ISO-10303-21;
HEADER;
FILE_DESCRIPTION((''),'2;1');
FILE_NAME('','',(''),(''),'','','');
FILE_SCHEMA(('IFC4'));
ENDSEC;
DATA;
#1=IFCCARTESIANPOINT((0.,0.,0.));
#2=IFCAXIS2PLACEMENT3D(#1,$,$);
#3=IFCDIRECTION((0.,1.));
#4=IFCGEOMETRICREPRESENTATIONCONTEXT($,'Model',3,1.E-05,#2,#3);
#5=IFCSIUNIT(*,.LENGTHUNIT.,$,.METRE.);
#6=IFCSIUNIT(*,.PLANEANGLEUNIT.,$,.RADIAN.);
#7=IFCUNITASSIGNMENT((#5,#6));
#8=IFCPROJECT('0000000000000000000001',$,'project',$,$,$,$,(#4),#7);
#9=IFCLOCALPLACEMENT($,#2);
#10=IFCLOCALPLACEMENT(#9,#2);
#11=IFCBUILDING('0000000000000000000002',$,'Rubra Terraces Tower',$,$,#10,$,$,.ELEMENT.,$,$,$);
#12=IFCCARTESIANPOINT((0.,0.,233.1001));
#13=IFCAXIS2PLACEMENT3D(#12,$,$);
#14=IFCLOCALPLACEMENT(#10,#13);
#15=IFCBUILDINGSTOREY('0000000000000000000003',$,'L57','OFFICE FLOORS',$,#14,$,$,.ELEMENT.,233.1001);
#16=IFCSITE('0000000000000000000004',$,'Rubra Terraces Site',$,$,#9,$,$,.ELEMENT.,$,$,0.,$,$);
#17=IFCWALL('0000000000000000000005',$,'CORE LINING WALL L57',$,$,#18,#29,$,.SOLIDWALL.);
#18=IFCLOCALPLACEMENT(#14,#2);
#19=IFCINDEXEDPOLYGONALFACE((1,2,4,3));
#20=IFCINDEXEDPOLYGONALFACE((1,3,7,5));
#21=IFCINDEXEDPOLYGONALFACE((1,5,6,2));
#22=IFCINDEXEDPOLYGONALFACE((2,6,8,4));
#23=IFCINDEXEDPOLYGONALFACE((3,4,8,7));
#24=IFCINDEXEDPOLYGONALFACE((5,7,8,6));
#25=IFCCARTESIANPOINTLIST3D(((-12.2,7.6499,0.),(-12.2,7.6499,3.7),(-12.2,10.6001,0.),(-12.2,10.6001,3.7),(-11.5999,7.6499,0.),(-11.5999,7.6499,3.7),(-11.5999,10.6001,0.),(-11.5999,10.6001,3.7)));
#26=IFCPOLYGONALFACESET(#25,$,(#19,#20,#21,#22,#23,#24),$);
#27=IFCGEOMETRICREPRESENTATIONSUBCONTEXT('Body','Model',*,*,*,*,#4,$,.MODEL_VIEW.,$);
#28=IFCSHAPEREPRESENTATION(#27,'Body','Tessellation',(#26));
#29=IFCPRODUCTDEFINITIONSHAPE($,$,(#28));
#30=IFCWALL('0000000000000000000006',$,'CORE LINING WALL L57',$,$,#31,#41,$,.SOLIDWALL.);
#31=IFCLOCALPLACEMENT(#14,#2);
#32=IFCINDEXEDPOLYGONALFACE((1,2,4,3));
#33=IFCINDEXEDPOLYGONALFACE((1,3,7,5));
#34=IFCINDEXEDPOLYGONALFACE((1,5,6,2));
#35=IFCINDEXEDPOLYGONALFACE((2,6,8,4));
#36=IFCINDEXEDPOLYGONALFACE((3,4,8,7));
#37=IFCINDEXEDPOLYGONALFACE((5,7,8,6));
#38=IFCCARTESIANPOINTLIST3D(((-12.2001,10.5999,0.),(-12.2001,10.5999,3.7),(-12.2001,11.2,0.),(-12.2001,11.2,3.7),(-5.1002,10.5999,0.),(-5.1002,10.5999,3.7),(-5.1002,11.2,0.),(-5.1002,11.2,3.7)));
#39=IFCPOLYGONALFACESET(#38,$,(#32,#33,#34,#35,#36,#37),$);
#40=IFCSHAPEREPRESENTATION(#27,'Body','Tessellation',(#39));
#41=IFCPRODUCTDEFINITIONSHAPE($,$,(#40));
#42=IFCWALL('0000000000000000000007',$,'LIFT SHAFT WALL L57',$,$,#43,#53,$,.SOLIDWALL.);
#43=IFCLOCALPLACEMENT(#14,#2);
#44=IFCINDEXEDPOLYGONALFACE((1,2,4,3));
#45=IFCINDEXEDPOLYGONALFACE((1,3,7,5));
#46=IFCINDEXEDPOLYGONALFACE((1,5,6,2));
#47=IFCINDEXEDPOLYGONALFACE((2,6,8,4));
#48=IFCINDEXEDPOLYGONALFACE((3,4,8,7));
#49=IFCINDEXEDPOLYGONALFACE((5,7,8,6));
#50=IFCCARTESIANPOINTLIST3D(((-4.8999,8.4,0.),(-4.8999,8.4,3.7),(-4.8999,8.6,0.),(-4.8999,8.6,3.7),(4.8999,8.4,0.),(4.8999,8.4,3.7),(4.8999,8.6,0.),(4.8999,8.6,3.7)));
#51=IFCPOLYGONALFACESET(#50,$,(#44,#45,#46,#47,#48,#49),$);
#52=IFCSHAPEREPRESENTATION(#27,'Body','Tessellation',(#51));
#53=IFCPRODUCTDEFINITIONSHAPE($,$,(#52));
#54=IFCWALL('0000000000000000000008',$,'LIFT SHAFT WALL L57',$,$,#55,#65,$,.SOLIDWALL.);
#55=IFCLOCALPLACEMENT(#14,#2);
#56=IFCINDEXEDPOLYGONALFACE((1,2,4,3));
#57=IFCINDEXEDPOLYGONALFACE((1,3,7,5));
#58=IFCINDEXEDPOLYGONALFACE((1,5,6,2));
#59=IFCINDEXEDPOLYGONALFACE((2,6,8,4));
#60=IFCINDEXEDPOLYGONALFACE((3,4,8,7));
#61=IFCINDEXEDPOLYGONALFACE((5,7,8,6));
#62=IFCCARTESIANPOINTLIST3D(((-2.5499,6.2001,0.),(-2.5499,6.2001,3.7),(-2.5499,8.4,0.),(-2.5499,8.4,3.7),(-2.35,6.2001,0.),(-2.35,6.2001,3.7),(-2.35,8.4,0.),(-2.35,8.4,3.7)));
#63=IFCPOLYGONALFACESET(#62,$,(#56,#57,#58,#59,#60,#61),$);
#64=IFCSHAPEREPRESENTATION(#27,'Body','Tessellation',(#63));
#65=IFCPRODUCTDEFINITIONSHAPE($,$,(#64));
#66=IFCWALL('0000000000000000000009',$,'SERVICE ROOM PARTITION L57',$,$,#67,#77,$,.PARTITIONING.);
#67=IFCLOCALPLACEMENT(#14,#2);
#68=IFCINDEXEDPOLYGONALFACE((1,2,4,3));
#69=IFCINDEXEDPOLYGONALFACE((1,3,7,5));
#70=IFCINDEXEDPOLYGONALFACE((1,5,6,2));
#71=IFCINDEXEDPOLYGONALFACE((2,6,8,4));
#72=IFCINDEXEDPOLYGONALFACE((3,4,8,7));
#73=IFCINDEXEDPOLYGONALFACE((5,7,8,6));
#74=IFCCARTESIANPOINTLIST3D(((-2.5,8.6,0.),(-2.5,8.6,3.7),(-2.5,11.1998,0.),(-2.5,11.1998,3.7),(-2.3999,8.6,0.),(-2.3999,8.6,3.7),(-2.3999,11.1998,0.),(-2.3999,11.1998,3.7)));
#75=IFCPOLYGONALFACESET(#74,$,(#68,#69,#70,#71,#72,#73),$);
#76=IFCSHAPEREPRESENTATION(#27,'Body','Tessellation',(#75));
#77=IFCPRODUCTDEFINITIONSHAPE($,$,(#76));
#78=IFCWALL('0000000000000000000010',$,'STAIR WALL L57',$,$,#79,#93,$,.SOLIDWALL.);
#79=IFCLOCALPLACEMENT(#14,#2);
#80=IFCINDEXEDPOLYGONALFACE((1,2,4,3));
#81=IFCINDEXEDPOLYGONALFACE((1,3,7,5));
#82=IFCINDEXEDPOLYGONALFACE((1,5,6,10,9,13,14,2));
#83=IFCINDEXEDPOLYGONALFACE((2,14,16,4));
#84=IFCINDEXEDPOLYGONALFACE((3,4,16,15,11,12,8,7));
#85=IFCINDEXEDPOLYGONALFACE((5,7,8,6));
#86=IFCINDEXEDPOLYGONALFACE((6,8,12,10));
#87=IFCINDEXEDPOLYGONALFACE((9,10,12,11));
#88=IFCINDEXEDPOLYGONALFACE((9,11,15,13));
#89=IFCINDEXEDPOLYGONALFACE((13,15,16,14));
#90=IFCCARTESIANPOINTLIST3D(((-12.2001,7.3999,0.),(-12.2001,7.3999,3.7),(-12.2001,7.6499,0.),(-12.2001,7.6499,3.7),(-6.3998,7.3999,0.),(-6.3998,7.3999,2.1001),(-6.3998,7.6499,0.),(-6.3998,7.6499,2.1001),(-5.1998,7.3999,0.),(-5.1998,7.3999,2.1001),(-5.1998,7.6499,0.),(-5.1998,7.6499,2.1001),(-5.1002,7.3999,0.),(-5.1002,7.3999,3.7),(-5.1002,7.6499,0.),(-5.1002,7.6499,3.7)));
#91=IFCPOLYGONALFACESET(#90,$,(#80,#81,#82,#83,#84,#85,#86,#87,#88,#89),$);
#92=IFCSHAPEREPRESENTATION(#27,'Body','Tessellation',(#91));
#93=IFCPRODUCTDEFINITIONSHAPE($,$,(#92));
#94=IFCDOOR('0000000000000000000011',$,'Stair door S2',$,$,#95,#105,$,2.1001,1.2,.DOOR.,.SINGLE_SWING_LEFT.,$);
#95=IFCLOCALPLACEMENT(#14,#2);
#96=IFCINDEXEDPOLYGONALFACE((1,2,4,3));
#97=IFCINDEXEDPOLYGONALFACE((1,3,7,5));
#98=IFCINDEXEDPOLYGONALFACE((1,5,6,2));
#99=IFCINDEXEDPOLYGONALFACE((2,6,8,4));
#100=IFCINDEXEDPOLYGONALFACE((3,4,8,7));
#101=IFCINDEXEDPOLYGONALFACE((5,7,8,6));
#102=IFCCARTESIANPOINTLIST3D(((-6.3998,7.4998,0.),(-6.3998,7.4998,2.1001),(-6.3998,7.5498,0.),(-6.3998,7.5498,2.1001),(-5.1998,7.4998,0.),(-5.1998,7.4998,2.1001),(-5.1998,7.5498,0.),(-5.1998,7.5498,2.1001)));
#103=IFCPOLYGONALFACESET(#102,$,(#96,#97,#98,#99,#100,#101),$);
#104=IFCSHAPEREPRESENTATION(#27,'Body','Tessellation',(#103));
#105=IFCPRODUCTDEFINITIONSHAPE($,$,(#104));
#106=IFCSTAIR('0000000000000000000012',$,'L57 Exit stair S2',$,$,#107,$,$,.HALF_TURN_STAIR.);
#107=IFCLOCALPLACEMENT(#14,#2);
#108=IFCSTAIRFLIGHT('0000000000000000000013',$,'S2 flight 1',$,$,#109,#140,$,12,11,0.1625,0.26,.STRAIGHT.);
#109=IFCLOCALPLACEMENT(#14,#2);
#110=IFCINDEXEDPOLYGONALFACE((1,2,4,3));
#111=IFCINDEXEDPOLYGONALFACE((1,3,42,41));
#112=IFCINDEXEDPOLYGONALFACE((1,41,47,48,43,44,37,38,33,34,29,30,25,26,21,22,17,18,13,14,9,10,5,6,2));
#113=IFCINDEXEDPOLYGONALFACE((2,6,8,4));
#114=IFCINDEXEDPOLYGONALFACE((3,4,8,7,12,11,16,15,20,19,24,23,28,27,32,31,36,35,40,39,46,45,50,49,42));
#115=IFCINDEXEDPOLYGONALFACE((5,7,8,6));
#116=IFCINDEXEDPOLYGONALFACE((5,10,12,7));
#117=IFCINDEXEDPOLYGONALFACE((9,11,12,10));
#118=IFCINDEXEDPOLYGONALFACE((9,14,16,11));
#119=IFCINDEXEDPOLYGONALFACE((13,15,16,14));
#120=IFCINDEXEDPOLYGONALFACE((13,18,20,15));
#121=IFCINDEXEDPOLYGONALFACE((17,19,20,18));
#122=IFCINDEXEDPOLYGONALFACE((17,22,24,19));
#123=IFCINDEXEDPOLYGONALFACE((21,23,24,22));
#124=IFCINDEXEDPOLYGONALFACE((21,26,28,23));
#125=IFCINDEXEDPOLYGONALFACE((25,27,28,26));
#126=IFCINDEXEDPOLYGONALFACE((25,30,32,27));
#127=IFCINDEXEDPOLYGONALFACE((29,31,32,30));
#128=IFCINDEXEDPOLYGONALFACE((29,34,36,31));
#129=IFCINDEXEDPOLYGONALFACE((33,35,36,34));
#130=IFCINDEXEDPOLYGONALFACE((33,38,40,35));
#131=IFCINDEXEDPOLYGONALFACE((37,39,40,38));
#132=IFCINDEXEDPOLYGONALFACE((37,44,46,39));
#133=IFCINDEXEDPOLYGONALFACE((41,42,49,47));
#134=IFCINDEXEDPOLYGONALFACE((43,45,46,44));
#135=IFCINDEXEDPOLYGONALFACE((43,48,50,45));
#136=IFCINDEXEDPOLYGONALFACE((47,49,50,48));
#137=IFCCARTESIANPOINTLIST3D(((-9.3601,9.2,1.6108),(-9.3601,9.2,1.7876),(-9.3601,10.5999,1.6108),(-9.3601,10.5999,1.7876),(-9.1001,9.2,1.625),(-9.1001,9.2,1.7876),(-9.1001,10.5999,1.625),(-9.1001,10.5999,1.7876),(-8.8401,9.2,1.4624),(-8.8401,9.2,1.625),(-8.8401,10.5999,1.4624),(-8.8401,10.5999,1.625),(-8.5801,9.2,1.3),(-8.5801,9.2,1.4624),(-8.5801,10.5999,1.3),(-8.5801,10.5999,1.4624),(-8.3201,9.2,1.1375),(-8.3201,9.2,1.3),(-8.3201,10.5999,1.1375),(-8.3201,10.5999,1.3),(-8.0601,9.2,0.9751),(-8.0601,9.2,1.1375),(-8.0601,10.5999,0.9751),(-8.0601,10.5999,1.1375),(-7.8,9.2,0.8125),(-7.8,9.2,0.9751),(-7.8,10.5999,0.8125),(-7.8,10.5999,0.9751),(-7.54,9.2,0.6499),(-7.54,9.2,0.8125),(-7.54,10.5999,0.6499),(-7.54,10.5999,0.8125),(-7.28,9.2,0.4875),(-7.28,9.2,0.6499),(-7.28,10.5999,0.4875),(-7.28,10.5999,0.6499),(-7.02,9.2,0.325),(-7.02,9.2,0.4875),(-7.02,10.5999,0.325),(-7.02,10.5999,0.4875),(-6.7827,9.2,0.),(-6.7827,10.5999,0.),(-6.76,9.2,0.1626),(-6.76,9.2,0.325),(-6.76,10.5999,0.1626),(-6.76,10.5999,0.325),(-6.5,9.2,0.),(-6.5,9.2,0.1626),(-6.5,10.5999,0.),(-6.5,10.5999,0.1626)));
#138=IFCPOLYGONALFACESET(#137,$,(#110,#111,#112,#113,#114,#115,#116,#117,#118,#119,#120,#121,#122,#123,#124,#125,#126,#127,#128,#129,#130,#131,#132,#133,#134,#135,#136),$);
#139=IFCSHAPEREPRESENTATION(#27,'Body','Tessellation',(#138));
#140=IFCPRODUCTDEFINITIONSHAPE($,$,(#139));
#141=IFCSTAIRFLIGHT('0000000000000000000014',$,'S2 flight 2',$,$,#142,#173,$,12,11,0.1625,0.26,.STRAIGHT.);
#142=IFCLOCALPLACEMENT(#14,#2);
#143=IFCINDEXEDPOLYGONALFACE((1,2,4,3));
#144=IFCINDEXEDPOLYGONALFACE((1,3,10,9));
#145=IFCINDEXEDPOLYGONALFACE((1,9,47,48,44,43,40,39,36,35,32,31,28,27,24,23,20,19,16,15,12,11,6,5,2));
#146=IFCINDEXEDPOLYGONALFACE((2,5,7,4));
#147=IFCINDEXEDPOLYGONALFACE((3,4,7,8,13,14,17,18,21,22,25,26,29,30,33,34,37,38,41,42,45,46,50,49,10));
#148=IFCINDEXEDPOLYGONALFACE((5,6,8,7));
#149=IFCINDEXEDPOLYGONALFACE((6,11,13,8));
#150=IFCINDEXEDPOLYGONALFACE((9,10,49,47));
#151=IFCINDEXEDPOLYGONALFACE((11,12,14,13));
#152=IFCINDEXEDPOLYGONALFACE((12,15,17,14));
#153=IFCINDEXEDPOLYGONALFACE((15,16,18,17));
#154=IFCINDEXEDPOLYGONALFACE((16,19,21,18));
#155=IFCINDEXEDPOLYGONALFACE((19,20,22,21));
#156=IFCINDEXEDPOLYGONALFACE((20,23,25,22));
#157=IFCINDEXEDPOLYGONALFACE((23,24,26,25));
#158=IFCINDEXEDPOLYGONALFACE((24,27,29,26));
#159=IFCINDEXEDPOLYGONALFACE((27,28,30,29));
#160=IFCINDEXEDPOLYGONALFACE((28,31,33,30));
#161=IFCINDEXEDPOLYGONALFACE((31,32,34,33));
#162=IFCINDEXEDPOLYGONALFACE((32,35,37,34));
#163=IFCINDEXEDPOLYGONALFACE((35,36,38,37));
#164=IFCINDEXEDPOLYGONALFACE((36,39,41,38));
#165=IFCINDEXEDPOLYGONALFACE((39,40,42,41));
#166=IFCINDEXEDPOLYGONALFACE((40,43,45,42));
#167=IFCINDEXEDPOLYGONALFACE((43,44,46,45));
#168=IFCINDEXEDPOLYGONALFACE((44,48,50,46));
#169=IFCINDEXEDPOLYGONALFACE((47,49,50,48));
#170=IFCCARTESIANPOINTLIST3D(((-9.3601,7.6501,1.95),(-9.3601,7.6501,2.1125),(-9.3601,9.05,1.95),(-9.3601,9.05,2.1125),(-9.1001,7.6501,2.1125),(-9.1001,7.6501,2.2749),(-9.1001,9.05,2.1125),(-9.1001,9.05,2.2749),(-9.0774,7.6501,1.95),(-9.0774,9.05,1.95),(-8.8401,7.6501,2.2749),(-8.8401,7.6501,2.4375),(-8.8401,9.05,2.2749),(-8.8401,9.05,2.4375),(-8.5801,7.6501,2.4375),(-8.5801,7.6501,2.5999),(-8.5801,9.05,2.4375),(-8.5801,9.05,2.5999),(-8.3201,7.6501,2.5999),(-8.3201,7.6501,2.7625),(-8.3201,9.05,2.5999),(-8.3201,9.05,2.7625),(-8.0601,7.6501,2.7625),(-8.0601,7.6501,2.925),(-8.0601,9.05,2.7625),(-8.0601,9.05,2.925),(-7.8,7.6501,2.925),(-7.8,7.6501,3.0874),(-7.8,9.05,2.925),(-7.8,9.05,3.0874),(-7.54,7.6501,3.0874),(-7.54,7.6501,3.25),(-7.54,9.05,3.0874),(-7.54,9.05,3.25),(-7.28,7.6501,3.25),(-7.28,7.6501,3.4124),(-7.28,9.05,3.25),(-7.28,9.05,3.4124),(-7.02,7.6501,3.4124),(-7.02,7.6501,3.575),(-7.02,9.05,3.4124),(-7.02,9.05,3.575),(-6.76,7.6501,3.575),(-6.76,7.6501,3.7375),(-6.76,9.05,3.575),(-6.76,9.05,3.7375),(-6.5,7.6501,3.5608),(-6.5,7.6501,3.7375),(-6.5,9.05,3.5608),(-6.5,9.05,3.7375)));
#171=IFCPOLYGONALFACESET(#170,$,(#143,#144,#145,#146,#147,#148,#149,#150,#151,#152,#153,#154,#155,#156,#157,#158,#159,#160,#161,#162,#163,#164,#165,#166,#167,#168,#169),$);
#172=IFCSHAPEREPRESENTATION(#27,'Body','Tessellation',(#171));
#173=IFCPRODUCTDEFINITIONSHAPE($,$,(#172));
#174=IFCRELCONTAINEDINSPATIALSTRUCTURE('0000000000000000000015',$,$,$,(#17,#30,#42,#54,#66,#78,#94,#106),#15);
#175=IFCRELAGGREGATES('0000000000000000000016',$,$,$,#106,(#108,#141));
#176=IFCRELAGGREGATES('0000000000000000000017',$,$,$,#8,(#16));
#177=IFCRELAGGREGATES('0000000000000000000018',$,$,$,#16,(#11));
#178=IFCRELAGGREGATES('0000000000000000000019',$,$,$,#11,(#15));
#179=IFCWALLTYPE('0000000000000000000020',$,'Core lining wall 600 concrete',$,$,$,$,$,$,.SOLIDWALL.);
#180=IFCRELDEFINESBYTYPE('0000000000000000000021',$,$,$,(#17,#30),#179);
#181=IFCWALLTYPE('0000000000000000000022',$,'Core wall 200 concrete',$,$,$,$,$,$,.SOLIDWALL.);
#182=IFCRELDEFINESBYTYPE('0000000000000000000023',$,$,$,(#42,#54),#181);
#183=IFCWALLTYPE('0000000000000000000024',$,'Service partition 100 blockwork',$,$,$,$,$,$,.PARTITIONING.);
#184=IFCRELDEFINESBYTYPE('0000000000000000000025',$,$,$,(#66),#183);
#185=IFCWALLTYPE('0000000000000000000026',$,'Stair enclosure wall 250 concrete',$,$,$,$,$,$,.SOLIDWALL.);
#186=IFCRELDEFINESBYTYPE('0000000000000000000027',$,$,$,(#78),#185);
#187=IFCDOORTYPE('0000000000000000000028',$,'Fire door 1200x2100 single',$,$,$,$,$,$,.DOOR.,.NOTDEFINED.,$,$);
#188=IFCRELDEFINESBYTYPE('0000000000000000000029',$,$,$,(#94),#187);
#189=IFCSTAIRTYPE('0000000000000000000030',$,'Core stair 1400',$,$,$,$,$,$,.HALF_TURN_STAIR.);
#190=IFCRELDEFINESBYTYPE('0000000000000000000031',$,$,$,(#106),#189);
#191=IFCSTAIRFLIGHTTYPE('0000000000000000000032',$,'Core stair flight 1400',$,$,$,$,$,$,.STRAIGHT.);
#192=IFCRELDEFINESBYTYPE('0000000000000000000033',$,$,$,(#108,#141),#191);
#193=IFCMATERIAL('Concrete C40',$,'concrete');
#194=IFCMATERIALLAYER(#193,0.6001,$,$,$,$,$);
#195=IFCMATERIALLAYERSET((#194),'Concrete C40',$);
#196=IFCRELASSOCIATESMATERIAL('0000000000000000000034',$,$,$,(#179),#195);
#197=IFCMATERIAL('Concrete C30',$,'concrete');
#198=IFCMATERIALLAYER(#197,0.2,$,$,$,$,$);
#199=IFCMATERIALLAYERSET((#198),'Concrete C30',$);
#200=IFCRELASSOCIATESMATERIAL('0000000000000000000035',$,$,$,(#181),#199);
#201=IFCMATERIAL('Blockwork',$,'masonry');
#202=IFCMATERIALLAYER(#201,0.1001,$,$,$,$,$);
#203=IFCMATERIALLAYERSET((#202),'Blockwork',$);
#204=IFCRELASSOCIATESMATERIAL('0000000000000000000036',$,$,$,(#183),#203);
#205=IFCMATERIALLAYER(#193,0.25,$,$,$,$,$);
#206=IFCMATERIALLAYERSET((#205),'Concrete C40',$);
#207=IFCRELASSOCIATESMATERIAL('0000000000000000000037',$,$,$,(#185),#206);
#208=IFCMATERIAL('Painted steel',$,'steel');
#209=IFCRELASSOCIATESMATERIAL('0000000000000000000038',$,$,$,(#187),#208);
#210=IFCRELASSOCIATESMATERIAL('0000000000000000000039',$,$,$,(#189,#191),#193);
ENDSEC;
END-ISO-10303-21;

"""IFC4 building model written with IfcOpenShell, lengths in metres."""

from ifc_helpers import new_model, si_unit, direction, frame, frame_2d, origin, place, context, subcontext, project, spatial, polyline, rectangle, outline, extrude, material, layer, layer_set, type_object, element, fill, aggregate, save


model = new_model("IFC4")

# Units and contexts
model_context = context("Model", 3, precision=1e-05, world=origin(), true_north=direction((0.0, 1.0)))
body_context = subcontext(model_context, "Body", "Model", "MODEL_VIEW")
ifc_project = project(units=[si_unit("LENGTHUNIT", "METRE"), si_unit("PLANEANGLEUNIT", "RADIAN")], contexts=[model_context])

# Site, building, storey
site_placement = place(None, origin())
site = spatial("IfcSite", under=ifc_project, at=site_placement, Name="Rubra Terraces Site", CompositionType="ELEMENT", RefElevation=0.0)
building_placement = place(site_placement, origin())
building = spatial("IfcBuilding", under=site, at=building_placement, Name="Rubra Terraces Tower", CompositionType="ELEMENT")
storey_placement = place(building_placement, frame((0.0, 0.0, 233.1001)))
storey = spatial("IfcBuildingStorey", under=building, at=storey_placement, Name="L57", Description="OFFICE FLOORS", CompositionType="ELEMENT", Elevation=233.1001)

# Walls
ifc_material_1 = material(Name="Concrete C40", Category="concrete")
ifc_layer_1 = layer(ifc_material_1, 0.6001)
ifc_layer_set_1 = layer_set([ifc_layer_1], Name="Concrete C40")
wall_type_1 = type_object("IfcWallType", Name="Core lining wall 600 concrete", PredefinedType="SOLIDWALL", material=ifc_layer_set_1)
wall_1_placement = place(storey_placement, frame((-11.8999, 7.6499, 0.0), z_axis=(0.0, 0.0, 1.0), x_axis=(0.0, 1.0, 0.0)))
element("IfcWall", 1, at=wall_1_placement, inside=storey, type_object=wall_type_1, Name="CORE LINING WALL L57", PredefinedType="SOLIDWALL", context=body_context, shape_type="SweptSolid", body=[
    extrude(rectangle(XDim=2.9502, YDim=0.6001, at=frame_2d((1.4751, 0.0))), origin(), (0.0, 0.0, 1.0), 3.7),
])
wall_2_placement = place(storey_placement, frame((-12.2, 10.8999, 0.0), z_axis=(0.0, 0.0, 1.0), x_axis=(1.0, 0.0, 0.0)))
element("IfcWall", 2, at=wall_2_placement, inside=storey, type_object=wall_type_1, Name="CORE LINING WALL L57", PredefinedType="SOLIDWALL", context=body_context, shape_type="SweptSolid", body=[
    extrude(rectangle(XDim=7.0999, YDim=0.6001, at=frame_2d((3.5498, 0.0))), origin(), (0.0, 0.0, 1.0), 3.7),
])
ifc_material_2 = material(Name="Concrete C30", Category="concrete")
ifc_layer_2 = layer(ifc_material_2, 0.2)
ifc_layer_set_2 = layer_set([ifc_layer_2], Name="Concrete C30")
wall_type_2 = type_object("IfcWallType", Name="Core wall 200 concrete", PredefinedType="SOLIDWALL", material=ifc_layer_set_2)
wall_3_placement = place(storey_placement, frame((-4.8999, 8.5, 0.0), z_axis=(0.0, 0.0, 1.0), x_axis=(1.0, 0.0, 0.0)))
element("IfcWall", 3, at=wall_3_placement, inside=storey, type_object=wall_type_2, Name="LIFT SHAFT WALL L57", PredefinedType="SOLIDWALL", context=body_context, shape_type="SweptSolid", body=[
    extrude(rectangle(XDim=9.7998, YDim=0.2, at=frame_2d((4.8999, 0.0))), origin(), (0.0, 0.0, 1.0), 3.7),
])
wall_4_placement = place(storey_placement, frame((-2.45, 6.2, 0.0), z_axis=(0.0, 0.0, 1.0), x_axis=(0.0, 1.0, 0.0)))
element("IfcWall", 4, at=wall_4_placement, inside=storey, type_object=wall_type_2, Name="LIFT SHAFT WALL L57", PredefinedType="SOLIDWALL", context=body_context, shape_type="SweptSolid", body=[
    extrude(rectangle(XDim=2.2, YDim=0.2, at=frame_2d((1.1001, 0.0))), origin(), (0.0, 0.0, 1.0), 3.7),
])
ifc_material_3 = material(Name="Blockwork", Category="masonry")
ifc_layer_3 = layer(ifc_material_3, 0.1001)
ifc_layer_set_3 = layer_set([ifc_layer_3], Name="Blockwork")
wall_type_3 = type_object("IfcWallType", Name="Service partition 100 blockwork", PredefinedType="PARTITIONING", material=ifc_layer_set_3)
wall_5_placement = place(storey_placement, frame((-2.45, 8.6001, 0.0), z_axis=(0.0, 0.0, 1.0), x_axis=(0.0, 1.0, 0.0)))
element("IfcWall", 5, at=wall_5_placement, inside=storey, type_object=wall_type_3, Name="SERVICE ROOM PARTITION L57", PredefinedType="PARTITIONING", context=body_context, shape_type="SweptSolid", body=[
    extrude(rectangle(XDim=2.5999, YDim=0.1001, at=frame_2d((1.2998, 0.0))), origin(), (0.0, 0.0, 1.0), 3.7),
])

# Wall, opening, door
ifc_layer_4 = layer(ifc_material_1, 0.25)
ifc_layer_set_4 = layer_set([ifc_layer_4], Name="Concrete C40")
wall_type_4 = type_object("IfcWallType", Name="Stair enclosure wall 250 concrete", PredefinedType="SOLIDWALL", material=ifc_layer_set_4)
wall_6_placement = place(storey_placement, frame((-12.2, 7.5249, 0.0), z_axis=(0.0, 0.0, 1.0), x_axis=(1.0, 0.0, 0.0)))
wall_6 = element("IfcWall", 6, at=wall_6_placement, inside=storey, type_object=wall_type_4, Name="STAIR WALL L57", PredefinedType="SOLIDWALL", context=body_context, shape_type="SweptSolid", body=[
    extrude(rectangle(XDim=7.0999, YDim=0.25, at=frame_2d((3.5498, 0.0))), origin(), (0.0, 0.0, 1.0), 3.7),
])
opening_placement = place(wall_6_placement, frame((5.8, 0.0, 0.0)))
opening = element("IfcOpeningElement", 7, at=opening_placement, cuts=wall_6, PredefinedType="OPENING", context=body_context, shape_type="SweptSolid", body=[
    extrude(rectangle(XDim=1.2, YDim=2.1001, at=frame_2d((0.6001, 1.05))), frame((0.0, 0.135, 0.0), z_axis=(0.0, -1.0, 0.0), x_axis=(1.0, 0.0, 0.0)), (0.0, 0.0, 1.0), 0.27),
])
ifc_material_4 = material(Name="Painted steel", Category="steel")
door_type = type_object("IfcDoorType", Name="Fire door 1200x2100 single", OperationType="NOTDEFINED", PredefinedType="DOOR", material=ifc_material_4)
door_placement = place(opening_placement, origin())
door = element("IfcDoor", 8, at=door_placement, inside=storey, type_object=door_type, Name="Stair door S2", OperationType="SINGLE_SWING_LEFT", OverallHeight=2.1001, OverallWidth=1.2, PredefinedType="DOOR", context=body_context, shape_type="SweptSolid", body=[
    extrude(rectangle(XDim=1.2, YDim=2.1001, at=frame_2d((0.6001, 1.05))), frame((0.0, 0.0249, 0.0), z_axis=(0.0, -1.0, 0.0), x_axis=(1.0, 0.0, 0.0)), (0.0, 0.0, 1.0), 0.05),
])
fill(opening, door)

# Stair, stair flights
stair_type = type_object("IfcStairType", Name="Core stair 1400", PredefinedType="HALF_TURN_STAIR", material=ifc_material_1)
stair_placement = place(storey_placement, origin())
stair = element("IfcStair", 9, at=stair_placement, inside=storey, type_object=stair_type, Name="L57 Exit stair S2", PredefinedType="HALF_TURN_STAIR")
stair_flight_type = type_object("IfcStairFlightType", Name="Core stair flight 1400", PredefinedType="STRAIGHT", material=ifc_material_1)
stair_flight_1_placement = place(storey_placement, frame((-6.5, 9.8999, 0.0), z_axis=(0.0, 0.0, 1.0), x_axis=(-1.0, 0.0, 0.0)))
stair_flight_1 = element("IfcStairFlight", 10, at=stair_flight_1_placement, type_object=stair_flight_type, Name="S2 flight 1", NumberOfRisers=12, NumberOfTreads=11, PredefinedType="STRAIGHT", RiserHeight=0.1625, TreadLength=0.26, context=body_context, shape_type="SweptSolid", body=[
    extrude(outline(polyline([(0.0, 0.0), (0.0, 0.1626), (0.26, 0.1626), (0.26, 0.325), (0.52, 0.325), (0.52, 0.4875), (0.78, 0.4875), (0.78, 0.6499), (1.04, 0.6499), (1.04, 0.8125), (1.3, 0.8125), (1.3, 0.9751), (1.5601, 0.9751), (1.5601, 1.1375), (1.8201, 1.1375), (1.8201, 1.3), (2.0801, 1.3), (2.0801, 1.4624), (2.3401, 1.4624), (2.3401, 1.625), (2.6001, 1.625), (2.6001, 1.7876), (2.8601, 1.7876), (2.8601, 1.95), (2.8601, 1.6108), (0.2827, 0.0), (0.0, 0.0)])), frame((0.0, 0.7, 0.0), z_axis=(0.0, -1.0, 0.0), x_axis=(1.0, 0.0, 0.0)), (0.0, 0.0, 1.0), 1.3999),
])
stair_flight_2_placement = place(storey_placement, frame((-9.3601, 8.3501, 1.95), z_axis=(0.0, 0.0, 1.0), x_axis=(1.0, 0.0, 0.0)))
stair_flight_2 = element("IfcStairFlight", 11, at=stair_flight_2_placement, type_object=stair_flight_type, Name="S2 flight 2", NumberOfRisers=12, NumberOfTreads=11, PredefinedType="STRAIGHT", RiserHeight=0.1625, TreadLength=0.26, context=body_context, shape_type="SweptSolid", body=[
    extrude(outline(polyline([(0.0, 0.0), (0.0, 0.1626), (0.26, 0.1626), (0.26, 0.325), (0.52, 0.325), (0.52, 0.4875), (0.78, 0.4875), (0.78, 0.6499), (1.04, 0.6499), (1.04, 0.8125), (1.3, 0.8125), (1.3, 0.9751), (1.5601, 0.9751), (1.5601, 1.1375), (1.8201, 1.1375), (1.8201, 1.3), (2.0801, 1.3), (2.0801, 1.4624), (2.3401, 1.4624), (2.3401, 1.625), (2.6001, 1.625), (2.6001, 1.7876), (2.8601, 1.7876), (2.8601, 1.95), (2.8601, 1.6108), (0.2827, 0.0), (0.0, 0.0)])), frame((0.0, 0.7, 0.0), z_axis=(0.0, -1.0, 0.0), x_axis=(1.0, 0.0, 0.0)), (0.0, 0.0, 1.0), 1.3999),
])
aggregate(stair, [stair_flight_1, stair_flight_2])

save(model, "model.ifc")
